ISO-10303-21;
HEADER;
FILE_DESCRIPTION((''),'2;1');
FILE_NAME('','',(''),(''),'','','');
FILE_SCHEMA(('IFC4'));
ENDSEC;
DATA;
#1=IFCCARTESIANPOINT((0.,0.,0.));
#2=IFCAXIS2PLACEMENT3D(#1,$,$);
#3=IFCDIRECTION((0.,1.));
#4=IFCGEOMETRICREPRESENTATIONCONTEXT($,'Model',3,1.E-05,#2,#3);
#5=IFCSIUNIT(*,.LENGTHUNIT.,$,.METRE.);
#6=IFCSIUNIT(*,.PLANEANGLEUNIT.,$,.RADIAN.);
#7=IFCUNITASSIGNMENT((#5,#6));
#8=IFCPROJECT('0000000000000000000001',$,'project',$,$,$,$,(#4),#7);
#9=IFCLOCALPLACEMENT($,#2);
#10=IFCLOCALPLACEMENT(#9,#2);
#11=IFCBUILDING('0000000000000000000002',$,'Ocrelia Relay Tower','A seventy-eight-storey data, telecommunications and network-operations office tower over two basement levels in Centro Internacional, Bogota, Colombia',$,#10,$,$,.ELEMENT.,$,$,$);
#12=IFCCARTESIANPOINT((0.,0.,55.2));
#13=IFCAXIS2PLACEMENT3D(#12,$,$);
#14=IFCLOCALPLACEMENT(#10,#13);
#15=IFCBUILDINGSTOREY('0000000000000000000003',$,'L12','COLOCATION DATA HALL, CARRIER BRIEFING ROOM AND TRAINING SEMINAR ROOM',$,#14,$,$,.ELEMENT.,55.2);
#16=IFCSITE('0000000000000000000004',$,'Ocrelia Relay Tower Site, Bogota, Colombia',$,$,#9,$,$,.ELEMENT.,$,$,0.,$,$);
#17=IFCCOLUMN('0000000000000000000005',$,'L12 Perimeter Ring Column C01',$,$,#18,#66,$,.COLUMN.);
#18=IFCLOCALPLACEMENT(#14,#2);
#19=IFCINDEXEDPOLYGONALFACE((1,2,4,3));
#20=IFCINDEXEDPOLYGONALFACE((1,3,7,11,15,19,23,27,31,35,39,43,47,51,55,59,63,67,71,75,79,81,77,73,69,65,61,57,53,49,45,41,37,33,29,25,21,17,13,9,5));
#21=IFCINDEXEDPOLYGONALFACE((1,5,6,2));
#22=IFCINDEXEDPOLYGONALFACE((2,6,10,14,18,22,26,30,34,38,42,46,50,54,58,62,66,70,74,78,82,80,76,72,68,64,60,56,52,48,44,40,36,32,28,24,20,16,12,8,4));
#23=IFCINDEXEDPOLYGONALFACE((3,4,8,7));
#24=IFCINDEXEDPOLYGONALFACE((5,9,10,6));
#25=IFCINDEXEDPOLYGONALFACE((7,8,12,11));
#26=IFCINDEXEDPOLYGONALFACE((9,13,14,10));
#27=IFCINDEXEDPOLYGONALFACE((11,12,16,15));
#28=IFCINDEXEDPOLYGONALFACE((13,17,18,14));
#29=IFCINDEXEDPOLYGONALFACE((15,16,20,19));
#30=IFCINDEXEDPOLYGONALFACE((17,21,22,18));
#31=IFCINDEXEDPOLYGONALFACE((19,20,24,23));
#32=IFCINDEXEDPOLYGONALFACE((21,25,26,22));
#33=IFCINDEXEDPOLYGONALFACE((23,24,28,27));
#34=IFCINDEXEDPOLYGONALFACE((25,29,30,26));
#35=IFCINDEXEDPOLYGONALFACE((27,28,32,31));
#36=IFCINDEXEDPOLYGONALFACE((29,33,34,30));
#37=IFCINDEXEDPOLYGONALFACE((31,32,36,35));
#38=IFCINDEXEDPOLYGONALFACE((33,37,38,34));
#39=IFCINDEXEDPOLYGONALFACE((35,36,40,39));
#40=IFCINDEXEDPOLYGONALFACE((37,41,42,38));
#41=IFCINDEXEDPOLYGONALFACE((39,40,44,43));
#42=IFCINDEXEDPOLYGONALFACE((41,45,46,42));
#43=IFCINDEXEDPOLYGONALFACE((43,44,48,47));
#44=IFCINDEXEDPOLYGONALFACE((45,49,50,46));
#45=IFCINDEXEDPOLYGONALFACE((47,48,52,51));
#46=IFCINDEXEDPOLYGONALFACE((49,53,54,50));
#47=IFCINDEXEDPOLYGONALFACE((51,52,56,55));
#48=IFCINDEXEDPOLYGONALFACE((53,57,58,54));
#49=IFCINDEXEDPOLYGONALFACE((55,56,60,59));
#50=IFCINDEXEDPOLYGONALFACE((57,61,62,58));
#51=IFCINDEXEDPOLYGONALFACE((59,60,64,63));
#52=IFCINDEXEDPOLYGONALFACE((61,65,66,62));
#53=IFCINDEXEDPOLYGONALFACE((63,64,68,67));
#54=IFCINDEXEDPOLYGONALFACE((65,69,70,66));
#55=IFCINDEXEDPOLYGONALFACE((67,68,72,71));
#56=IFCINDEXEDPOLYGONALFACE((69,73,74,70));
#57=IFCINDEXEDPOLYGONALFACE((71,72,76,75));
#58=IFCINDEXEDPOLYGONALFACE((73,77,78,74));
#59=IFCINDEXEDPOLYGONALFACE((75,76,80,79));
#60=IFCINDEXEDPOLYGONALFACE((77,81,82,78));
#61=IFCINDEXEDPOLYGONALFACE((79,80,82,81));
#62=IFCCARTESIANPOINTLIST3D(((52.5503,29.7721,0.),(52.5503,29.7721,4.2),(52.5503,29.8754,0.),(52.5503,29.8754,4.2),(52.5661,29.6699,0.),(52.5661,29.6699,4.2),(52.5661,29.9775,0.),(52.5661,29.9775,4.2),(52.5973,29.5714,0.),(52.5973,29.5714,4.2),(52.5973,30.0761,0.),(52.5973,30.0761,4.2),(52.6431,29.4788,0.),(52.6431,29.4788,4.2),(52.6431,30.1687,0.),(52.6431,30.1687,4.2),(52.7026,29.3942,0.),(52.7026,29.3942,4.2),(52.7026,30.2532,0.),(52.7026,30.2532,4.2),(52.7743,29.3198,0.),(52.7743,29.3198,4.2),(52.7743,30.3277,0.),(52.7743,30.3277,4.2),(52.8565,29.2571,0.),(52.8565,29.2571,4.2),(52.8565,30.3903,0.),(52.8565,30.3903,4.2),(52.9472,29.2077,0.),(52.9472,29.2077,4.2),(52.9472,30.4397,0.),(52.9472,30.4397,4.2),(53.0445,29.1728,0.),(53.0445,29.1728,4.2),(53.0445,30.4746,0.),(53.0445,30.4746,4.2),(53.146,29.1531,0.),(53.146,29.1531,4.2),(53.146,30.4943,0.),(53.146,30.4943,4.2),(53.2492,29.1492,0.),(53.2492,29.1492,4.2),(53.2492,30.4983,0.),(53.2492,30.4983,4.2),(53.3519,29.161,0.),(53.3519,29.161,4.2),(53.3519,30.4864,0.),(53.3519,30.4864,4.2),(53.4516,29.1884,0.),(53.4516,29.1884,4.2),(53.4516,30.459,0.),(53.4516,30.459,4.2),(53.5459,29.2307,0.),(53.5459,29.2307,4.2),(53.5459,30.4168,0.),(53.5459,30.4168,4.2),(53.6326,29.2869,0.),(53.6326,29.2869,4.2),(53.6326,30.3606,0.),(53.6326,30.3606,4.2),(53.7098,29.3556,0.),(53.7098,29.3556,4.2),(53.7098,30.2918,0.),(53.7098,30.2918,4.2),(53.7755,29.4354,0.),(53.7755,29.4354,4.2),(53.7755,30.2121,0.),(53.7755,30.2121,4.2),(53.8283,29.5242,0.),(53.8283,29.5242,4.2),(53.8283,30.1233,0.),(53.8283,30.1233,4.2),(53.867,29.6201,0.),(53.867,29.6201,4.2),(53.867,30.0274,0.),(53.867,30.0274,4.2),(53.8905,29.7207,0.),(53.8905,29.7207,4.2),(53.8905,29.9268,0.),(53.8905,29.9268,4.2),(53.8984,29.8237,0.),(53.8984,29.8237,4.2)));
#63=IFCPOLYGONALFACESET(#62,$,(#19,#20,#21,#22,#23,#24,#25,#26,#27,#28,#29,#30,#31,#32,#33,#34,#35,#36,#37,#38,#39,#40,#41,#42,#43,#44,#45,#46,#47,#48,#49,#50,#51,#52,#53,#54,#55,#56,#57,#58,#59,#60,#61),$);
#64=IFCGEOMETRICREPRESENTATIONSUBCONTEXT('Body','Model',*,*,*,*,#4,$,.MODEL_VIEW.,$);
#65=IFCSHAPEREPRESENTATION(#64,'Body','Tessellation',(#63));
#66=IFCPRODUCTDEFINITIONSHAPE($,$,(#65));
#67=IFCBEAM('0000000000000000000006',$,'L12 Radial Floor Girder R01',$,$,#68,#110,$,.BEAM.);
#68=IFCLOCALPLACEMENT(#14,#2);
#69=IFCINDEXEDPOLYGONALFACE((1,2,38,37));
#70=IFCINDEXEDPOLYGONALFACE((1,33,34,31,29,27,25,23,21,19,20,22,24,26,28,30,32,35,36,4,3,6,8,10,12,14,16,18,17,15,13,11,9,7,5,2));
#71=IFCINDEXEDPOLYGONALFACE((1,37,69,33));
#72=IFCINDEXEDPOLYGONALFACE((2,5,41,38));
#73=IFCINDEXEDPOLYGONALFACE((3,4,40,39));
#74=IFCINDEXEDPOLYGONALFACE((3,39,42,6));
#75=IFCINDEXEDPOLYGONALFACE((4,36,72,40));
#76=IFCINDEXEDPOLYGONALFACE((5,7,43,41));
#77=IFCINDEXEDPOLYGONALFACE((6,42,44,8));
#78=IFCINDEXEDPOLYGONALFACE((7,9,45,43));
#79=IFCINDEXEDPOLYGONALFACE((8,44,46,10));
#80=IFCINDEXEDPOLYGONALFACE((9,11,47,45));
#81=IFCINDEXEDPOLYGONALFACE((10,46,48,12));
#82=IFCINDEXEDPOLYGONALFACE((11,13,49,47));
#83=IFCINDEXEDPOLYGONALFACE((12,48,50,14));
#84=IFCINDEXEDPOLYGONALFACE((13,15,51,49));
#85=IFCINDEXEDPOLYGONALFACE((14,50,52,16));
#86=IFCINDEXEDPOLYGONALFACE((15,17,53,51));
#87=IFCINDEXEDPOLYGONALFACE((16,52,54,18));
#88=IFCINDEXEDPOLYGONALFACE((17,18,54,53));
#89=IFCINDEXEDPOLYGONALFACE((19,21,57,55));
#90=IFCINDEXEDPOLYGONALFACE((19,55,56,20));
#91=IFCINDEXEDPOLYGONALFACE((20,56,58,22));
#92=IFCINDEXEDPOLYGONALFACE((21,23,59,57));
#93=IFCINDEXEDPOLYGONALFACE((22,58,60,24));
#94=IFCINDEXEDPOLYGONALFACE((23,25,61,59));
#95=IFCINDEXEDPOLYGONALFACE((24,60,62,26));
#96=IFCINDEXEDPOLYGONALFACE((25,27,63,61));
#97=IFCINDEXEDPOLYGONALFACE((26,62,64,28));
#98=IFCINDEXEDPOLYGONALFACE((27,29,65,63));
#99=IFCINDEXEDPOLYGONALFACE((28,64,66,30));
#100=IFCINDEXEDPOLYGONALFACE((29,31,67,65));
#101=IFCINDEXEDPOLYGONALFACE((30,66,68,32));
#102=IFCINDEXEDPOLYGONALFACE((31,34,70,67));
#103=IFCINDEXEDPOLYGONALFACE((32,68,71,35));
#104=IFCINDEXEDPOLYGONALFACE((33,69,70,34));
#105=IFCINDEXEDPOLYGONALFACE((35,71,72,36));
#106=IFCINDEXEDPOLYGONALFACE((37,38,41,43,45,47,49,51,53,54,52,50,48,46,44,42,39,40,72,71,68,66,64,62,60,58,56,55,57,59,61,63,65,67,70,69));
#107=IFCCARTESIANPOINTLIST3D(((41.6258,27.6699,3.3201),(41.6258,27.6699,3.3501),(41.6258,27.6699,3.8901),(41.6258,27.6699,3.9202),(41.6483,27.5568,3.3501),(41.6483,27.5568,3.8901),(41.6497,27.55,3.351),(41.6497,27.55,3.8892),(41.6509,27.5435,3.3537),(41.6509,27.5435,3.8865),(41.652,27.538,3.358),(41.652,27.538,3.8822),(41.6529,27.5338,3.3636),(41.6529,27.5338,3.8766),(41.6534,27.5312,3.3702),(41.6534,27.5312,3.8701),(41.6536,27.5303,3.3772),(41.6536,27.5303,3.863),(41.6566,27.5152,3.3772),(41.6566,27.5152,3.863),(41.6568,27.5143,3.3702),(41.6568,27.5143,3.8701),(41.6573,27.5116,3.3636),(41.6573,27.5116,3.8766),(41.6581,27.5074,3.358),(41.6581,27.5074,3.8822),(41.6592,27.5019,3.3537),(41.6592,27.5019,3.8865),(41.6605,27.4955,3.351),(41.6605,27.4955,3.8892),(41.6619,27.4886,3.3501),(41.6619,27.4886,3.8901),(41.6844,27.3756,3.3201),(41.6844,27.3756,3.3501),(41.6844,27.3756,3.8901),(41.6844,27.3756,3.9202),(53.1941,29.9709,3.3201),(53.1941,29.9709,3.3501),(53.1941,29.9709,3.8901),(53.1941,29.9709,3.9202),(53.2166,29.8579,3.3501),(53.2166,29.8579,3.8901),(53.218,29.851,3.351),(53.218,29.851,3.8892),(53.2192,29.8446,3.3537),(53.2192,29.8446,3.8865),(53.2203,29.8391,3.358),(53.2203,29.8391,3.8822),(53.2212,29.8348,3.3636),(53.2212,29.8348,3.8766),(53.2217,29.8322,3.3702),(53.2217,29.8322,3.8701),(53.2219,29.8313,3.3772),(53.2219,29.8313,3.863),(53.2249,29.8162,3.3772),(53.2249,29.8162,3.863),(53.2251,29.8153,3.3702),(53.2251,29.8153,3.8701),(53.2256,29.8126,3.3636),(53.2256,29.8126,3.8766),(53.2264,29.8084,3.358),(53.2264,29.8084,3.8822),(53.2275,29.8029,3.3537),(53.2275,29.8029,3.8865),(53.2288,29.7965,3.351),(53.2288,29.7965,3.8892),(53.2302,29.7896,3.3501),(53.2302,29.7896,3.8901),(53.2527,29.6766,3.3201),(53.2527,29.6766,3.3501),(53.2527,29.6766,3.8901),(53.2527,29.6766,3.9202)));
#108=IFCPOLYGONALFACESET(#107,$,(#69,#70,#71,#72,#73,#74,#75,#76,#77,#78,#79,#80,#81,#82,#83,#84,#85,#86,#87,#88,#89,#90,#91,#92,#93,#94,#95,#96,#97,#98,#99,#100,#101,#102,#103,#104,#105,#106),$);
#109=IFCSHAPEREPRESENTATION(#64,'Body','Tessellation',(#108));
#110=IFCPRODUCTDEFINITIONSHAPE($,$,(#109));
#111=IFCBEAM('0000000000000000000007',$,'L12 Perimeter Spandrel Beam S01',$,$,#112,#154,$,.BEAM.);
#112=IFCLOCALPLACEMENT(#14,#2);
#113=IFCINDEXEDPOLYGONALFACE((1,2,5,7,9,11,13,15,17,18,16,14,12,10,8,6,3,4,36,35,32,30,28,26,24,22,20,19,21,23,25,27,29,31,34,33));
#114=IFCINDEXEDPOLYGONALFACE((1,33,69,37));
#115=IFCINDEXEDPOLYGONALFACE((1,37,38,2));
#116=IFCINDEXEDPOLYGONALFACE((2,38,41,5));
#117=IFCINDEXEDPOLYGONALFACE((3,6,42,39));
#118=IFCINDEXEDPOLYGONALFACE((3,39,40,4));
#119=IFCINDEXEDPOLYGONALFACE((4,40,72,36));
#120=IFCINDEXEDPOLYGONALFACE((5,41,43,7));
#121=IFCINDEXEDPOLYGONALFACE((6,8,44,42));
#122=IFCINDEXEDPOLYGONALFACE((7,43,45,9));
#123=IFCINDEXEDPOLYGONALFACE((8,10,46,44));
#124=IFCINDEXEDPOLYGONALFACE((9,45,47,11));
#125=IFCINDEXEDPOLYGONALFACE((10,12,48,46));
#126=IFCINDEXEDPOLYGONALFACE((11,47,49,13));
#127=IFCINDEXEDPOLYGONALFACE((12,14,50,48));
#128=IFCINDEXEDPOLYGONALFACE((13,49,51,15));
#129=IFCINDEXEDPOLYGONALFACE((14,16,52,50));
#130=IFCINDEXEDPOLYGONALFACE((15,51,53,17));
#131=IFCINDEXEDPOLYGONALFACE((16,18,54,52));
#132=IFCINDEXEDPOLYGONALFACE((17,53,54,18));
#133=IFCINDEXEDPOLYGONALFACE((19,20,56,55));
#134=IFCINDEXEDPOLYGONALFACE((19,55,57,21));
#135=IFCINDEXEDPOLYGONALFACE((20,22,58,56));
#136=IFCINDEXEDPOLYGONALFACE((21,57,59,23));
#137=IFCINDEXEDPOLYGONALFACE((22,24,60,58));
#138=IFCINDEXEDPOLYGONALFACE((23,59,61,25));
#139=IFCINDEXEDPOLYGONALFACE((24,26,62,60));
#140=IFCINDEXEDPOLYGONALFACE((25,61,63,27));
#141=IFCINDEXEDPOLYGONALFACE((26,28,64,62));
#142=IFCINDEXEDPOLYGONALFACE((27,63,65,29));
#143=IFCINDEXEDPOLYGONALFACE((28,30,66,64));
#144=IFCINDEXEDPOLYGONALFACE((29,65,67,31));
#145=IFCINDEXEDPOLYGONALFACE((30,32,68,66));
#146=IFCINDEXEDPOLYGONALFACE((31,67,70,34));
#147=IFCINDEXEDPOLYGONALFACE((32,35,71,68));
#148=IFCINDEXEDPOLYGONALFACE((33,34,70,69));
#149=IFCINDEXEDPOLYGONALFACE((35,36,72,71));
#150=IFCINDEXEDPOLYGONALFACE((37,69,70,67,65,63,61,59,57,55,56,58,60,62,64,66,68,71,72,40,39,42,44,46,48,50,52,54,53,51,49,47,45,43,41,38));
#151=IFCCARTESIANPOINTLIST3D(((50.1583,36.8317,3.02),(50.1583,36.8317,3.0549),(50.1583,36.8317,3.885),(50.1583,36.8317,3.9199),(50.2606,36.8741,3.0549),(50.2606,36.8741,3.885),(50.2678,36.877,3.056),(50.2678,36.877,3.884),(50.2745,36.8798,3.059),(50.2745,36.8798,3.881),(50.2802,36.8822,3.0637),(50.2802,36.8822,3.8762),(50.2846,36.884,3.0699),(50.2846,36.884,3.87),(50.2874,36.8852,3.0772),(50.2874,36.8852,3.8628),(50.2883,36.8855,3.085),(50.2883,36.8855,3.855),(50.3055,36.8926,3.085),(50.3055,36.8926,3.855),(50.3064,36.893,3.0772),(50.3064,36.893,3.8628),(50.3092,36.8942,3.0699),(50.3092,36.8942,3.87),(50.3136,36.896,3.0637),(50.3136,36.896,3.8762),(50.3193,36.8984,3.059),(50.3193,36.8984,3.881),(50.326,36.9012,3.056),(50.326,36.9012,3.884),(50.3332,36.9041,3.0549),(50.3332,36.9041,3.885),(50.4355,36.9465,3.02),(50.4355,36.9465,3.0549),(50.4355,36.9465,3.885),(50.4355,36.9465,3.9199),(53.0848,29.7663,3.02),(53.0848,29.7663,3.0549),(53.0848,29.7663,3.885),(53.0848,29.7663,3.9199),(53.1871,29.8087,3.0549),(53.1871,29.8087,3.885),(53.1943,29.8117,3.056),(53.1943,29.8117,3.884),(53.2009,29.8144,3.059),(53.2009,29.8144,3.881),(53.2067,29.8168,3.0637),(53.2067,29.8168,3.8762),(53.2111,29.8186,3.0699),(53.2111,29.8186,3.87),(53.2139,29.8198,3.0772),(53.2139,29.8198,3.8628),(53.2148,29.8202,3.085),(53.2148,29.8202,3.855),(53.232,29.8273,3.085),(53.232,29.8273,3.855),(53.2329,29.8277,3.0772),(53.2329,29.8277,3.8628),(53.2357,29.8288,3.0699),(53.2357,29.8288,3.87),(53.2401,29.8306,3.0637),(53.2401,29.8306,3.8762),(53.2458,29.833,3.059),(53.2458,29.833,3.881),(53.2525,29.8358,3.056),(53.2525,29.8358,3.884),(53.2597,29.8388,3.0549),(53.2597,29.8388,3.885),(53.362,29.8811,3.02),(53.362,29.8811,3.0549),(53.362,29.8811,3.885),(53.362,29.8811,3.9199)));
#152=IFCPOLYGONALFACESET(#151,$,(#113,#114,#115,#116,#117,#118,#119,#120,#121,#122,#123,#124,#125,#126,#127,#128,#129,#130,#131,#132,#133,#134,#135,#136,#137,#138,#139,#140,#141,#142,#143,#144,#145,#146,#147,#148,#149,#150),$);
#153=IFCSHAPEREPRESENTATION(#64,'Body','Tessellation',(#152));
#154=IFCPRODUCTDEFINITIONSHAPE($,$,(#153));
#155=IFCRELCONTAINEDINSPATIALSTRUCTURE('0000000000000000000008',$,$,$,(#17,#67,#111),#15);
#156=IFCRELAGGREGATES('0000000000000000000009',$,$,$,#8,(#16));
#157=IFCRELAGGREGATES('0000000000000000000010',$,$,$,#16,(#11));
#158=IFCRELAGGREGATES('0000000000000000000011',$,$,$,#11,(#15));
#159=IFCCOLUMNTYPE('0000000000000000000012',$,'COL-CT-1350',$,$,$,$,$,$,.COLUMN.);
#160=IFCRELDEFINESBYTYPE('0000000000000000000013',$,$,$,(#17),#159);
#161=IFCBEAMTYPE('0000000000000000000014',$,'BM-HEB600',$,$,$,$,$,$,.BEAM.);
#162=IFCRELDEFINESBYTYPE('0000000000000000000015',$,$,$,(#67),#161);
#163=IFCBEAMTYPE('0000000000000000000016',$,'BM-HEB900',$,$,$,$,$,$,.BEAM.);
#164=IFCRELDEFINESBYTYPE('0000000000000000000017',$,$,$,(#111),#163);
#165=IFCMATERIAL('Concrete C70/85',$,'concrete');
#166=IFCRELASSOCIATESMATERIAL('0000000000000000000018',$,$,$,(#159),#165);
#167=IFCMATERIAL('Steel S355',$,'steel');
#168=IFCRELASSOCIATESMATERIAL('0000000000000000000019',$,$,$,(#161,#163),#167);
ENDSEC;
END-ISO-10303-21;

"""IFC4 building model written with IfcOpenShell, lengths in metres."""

from ifc_helpers import new_model, si_unit, direction, frame, origin, origin_2d, place, context, subcontext, project, spatial, circle, i_section, extrude, material, material_profile, profile_set, type_object, element, save


model = new_model("IFC4")

# Units and contexts
model_context = context("Model", 3, precision=1e-05, world=origin(), true_north=direction((0.0, 1.0)))
body_context = subcontext(model_context, "Body", "Model", "MODEL_VIEW")
ifc_project = project(units=[si_unit("LENGTHUNIT", "METRE"), si_unit("PLANEANGLEUNIT", "RADIAN")], contexts=[model_context])

# Site, building, storey
site_placement = place(None, origin())
site = spatial("IfcSite", under=ifc_project, at=site_placement, Name="Ocrelia Relay Tower Site, Bogota, Colombia", CompositionType="ELEMENT", RefElevation=0.0)
building_placement = place(site_placement, origin())
building = spatial("IfcBuilding", under=site, at=building_placement, Name="Ocrelia Relay Tower", Description="A seventy-eight-storey data, telecommunications and network-operations office tower over two basement levels in Centro Internacional, Bogota, Colombia", CompositionType="ELEMENT")
storey_placement = place(building_placement, frame((0.0, 0.0, 55.2)))
storey = spatial("IfcBuildingStorey", under=building, at=storey_placement, Name="L12", Description="COLOCATION DATA HALL, CARRIER BRIEFING ROOM AND TRAINING SEMINAR ROOM", CompositionType="ELEMENT", Elevation=55.2)

# Column
ifc_material_1 = material(Name="Concrete C70/85", Category="concrete")
ifc_material_profile_1 = material_profile(ifc_material_1, circle(Radius=0.675, at=origin_2d()), Name="RC-CIR-1350")
ifc_profile_set_1 = profile_set([ifc_material_profile_1], Name="Concrete C70/85")
column_type = type_object("IfcColumnType", Name="COL-CT-1350", PredefinedType="COLUMN", material=ifc_profile_set_1)
column_placement = place(storey_placement, frame((53.2234, 29.8237, 0.0), z_axis=(0.0, 0.0, 1.0), x_axis=(1.0, 0.0, 0.0)))
element("IfcColumn", 1, at=column_placement, inside=storey, type_object=column_type, Name="L12 Perimeter Ring Column C01", PredefinedType="COLUMN", context=body_context, shape_type="SweptSolid", body=[
    extrude(circle(Radius=0.675, at=origin_2d()), origin(), (0.0, 0.0, 1.0), 4.2),
])

# Beams
ifc_material_2 = material(Name="Steel S355", Category="steel")
ifc_material_profile_2 = material_profile(ifc_material_2, i_section(OverallWidth=0.3, OverallDepth=0.6001, WebThickness=0.0154, FlangeThickness=0.03, FilletRadius=0.0271, at=origin_2d()), Name="HEB 600")
ifc_profile_set_2 = profile_set([ifc_material_profile_2], Name="Steel S355")
beam_type_1 = type_object("IfcBeamType", Name="BM-HEB600", PredefinedType="BEAM", material=ifc_profile_set_2)
beam_1_placement = place(storey_placement, frame((53.2234, 29.8237, 3.6201), z_axis=(-0.980786, -0.195085, 0.0), x_axis=(0.195085, -0.980786, 0.0)))
element("IfcBeam", 2, at=beam_1_placement, inside=storey, type_object=beam_type_1, Name="L12 Radial Floor Girder R01", PredefinedType="BEAM", context=body_context, shape_type="SweptSolid", body=[
    extrude(i_section(OverallWidth=0.3, OverallDepth=0.6001, WebThickness=0.0154, FlangeThickness=0.03, FilletRadius=0.0271, at=origin_2d()), origin(), (0.0, 0.0, 1.0), 11.7949),
])
ifc_material_profile_3 = material_profile(ifc_material_2, i_section(OverallWidth=0.3, OverallDepth=0.8999, WebThickness=0.0186, FlangeThickness=0.0349, FilletRadius=0.03, at=origin_2d()), Name="HEB 900")
ifc_profile_set_3 = profile_set([ifc_material_profile_3], Name="Steel S355")
beam_type_2 = type_object("IfcBeamType", Name="BM-HEB900", PredefinedType="BEAM", material=ifc_profile_set_3)
beam_2_placement = place(storey_placement, frame((53.2234, 29.8237, 3.47), z_axis=(-0.382674, 0.923883, 0.0), x_axis=(-0.923883, -0.382674, 0.0)))
element("IfcBeam", 3, at=beam_2_placement, inside=storey, type_object=beam_type_2, Name="L12 Perimeter Spandrel Beam S01", PredefinedType="BEAM", context=body_context, shape_type="SweptSolid", body=[
    extrude(i_section(OverallWidth=0.3, OverallDepth=0.8999, WebThickness=0.0186, FlangeThickness=0.0349, FilletRadius=0.03, at=origin_2d()), origin(), (0.0, 0.0, 1.0), 7.6475),
])

save(model, "model.ifc")
